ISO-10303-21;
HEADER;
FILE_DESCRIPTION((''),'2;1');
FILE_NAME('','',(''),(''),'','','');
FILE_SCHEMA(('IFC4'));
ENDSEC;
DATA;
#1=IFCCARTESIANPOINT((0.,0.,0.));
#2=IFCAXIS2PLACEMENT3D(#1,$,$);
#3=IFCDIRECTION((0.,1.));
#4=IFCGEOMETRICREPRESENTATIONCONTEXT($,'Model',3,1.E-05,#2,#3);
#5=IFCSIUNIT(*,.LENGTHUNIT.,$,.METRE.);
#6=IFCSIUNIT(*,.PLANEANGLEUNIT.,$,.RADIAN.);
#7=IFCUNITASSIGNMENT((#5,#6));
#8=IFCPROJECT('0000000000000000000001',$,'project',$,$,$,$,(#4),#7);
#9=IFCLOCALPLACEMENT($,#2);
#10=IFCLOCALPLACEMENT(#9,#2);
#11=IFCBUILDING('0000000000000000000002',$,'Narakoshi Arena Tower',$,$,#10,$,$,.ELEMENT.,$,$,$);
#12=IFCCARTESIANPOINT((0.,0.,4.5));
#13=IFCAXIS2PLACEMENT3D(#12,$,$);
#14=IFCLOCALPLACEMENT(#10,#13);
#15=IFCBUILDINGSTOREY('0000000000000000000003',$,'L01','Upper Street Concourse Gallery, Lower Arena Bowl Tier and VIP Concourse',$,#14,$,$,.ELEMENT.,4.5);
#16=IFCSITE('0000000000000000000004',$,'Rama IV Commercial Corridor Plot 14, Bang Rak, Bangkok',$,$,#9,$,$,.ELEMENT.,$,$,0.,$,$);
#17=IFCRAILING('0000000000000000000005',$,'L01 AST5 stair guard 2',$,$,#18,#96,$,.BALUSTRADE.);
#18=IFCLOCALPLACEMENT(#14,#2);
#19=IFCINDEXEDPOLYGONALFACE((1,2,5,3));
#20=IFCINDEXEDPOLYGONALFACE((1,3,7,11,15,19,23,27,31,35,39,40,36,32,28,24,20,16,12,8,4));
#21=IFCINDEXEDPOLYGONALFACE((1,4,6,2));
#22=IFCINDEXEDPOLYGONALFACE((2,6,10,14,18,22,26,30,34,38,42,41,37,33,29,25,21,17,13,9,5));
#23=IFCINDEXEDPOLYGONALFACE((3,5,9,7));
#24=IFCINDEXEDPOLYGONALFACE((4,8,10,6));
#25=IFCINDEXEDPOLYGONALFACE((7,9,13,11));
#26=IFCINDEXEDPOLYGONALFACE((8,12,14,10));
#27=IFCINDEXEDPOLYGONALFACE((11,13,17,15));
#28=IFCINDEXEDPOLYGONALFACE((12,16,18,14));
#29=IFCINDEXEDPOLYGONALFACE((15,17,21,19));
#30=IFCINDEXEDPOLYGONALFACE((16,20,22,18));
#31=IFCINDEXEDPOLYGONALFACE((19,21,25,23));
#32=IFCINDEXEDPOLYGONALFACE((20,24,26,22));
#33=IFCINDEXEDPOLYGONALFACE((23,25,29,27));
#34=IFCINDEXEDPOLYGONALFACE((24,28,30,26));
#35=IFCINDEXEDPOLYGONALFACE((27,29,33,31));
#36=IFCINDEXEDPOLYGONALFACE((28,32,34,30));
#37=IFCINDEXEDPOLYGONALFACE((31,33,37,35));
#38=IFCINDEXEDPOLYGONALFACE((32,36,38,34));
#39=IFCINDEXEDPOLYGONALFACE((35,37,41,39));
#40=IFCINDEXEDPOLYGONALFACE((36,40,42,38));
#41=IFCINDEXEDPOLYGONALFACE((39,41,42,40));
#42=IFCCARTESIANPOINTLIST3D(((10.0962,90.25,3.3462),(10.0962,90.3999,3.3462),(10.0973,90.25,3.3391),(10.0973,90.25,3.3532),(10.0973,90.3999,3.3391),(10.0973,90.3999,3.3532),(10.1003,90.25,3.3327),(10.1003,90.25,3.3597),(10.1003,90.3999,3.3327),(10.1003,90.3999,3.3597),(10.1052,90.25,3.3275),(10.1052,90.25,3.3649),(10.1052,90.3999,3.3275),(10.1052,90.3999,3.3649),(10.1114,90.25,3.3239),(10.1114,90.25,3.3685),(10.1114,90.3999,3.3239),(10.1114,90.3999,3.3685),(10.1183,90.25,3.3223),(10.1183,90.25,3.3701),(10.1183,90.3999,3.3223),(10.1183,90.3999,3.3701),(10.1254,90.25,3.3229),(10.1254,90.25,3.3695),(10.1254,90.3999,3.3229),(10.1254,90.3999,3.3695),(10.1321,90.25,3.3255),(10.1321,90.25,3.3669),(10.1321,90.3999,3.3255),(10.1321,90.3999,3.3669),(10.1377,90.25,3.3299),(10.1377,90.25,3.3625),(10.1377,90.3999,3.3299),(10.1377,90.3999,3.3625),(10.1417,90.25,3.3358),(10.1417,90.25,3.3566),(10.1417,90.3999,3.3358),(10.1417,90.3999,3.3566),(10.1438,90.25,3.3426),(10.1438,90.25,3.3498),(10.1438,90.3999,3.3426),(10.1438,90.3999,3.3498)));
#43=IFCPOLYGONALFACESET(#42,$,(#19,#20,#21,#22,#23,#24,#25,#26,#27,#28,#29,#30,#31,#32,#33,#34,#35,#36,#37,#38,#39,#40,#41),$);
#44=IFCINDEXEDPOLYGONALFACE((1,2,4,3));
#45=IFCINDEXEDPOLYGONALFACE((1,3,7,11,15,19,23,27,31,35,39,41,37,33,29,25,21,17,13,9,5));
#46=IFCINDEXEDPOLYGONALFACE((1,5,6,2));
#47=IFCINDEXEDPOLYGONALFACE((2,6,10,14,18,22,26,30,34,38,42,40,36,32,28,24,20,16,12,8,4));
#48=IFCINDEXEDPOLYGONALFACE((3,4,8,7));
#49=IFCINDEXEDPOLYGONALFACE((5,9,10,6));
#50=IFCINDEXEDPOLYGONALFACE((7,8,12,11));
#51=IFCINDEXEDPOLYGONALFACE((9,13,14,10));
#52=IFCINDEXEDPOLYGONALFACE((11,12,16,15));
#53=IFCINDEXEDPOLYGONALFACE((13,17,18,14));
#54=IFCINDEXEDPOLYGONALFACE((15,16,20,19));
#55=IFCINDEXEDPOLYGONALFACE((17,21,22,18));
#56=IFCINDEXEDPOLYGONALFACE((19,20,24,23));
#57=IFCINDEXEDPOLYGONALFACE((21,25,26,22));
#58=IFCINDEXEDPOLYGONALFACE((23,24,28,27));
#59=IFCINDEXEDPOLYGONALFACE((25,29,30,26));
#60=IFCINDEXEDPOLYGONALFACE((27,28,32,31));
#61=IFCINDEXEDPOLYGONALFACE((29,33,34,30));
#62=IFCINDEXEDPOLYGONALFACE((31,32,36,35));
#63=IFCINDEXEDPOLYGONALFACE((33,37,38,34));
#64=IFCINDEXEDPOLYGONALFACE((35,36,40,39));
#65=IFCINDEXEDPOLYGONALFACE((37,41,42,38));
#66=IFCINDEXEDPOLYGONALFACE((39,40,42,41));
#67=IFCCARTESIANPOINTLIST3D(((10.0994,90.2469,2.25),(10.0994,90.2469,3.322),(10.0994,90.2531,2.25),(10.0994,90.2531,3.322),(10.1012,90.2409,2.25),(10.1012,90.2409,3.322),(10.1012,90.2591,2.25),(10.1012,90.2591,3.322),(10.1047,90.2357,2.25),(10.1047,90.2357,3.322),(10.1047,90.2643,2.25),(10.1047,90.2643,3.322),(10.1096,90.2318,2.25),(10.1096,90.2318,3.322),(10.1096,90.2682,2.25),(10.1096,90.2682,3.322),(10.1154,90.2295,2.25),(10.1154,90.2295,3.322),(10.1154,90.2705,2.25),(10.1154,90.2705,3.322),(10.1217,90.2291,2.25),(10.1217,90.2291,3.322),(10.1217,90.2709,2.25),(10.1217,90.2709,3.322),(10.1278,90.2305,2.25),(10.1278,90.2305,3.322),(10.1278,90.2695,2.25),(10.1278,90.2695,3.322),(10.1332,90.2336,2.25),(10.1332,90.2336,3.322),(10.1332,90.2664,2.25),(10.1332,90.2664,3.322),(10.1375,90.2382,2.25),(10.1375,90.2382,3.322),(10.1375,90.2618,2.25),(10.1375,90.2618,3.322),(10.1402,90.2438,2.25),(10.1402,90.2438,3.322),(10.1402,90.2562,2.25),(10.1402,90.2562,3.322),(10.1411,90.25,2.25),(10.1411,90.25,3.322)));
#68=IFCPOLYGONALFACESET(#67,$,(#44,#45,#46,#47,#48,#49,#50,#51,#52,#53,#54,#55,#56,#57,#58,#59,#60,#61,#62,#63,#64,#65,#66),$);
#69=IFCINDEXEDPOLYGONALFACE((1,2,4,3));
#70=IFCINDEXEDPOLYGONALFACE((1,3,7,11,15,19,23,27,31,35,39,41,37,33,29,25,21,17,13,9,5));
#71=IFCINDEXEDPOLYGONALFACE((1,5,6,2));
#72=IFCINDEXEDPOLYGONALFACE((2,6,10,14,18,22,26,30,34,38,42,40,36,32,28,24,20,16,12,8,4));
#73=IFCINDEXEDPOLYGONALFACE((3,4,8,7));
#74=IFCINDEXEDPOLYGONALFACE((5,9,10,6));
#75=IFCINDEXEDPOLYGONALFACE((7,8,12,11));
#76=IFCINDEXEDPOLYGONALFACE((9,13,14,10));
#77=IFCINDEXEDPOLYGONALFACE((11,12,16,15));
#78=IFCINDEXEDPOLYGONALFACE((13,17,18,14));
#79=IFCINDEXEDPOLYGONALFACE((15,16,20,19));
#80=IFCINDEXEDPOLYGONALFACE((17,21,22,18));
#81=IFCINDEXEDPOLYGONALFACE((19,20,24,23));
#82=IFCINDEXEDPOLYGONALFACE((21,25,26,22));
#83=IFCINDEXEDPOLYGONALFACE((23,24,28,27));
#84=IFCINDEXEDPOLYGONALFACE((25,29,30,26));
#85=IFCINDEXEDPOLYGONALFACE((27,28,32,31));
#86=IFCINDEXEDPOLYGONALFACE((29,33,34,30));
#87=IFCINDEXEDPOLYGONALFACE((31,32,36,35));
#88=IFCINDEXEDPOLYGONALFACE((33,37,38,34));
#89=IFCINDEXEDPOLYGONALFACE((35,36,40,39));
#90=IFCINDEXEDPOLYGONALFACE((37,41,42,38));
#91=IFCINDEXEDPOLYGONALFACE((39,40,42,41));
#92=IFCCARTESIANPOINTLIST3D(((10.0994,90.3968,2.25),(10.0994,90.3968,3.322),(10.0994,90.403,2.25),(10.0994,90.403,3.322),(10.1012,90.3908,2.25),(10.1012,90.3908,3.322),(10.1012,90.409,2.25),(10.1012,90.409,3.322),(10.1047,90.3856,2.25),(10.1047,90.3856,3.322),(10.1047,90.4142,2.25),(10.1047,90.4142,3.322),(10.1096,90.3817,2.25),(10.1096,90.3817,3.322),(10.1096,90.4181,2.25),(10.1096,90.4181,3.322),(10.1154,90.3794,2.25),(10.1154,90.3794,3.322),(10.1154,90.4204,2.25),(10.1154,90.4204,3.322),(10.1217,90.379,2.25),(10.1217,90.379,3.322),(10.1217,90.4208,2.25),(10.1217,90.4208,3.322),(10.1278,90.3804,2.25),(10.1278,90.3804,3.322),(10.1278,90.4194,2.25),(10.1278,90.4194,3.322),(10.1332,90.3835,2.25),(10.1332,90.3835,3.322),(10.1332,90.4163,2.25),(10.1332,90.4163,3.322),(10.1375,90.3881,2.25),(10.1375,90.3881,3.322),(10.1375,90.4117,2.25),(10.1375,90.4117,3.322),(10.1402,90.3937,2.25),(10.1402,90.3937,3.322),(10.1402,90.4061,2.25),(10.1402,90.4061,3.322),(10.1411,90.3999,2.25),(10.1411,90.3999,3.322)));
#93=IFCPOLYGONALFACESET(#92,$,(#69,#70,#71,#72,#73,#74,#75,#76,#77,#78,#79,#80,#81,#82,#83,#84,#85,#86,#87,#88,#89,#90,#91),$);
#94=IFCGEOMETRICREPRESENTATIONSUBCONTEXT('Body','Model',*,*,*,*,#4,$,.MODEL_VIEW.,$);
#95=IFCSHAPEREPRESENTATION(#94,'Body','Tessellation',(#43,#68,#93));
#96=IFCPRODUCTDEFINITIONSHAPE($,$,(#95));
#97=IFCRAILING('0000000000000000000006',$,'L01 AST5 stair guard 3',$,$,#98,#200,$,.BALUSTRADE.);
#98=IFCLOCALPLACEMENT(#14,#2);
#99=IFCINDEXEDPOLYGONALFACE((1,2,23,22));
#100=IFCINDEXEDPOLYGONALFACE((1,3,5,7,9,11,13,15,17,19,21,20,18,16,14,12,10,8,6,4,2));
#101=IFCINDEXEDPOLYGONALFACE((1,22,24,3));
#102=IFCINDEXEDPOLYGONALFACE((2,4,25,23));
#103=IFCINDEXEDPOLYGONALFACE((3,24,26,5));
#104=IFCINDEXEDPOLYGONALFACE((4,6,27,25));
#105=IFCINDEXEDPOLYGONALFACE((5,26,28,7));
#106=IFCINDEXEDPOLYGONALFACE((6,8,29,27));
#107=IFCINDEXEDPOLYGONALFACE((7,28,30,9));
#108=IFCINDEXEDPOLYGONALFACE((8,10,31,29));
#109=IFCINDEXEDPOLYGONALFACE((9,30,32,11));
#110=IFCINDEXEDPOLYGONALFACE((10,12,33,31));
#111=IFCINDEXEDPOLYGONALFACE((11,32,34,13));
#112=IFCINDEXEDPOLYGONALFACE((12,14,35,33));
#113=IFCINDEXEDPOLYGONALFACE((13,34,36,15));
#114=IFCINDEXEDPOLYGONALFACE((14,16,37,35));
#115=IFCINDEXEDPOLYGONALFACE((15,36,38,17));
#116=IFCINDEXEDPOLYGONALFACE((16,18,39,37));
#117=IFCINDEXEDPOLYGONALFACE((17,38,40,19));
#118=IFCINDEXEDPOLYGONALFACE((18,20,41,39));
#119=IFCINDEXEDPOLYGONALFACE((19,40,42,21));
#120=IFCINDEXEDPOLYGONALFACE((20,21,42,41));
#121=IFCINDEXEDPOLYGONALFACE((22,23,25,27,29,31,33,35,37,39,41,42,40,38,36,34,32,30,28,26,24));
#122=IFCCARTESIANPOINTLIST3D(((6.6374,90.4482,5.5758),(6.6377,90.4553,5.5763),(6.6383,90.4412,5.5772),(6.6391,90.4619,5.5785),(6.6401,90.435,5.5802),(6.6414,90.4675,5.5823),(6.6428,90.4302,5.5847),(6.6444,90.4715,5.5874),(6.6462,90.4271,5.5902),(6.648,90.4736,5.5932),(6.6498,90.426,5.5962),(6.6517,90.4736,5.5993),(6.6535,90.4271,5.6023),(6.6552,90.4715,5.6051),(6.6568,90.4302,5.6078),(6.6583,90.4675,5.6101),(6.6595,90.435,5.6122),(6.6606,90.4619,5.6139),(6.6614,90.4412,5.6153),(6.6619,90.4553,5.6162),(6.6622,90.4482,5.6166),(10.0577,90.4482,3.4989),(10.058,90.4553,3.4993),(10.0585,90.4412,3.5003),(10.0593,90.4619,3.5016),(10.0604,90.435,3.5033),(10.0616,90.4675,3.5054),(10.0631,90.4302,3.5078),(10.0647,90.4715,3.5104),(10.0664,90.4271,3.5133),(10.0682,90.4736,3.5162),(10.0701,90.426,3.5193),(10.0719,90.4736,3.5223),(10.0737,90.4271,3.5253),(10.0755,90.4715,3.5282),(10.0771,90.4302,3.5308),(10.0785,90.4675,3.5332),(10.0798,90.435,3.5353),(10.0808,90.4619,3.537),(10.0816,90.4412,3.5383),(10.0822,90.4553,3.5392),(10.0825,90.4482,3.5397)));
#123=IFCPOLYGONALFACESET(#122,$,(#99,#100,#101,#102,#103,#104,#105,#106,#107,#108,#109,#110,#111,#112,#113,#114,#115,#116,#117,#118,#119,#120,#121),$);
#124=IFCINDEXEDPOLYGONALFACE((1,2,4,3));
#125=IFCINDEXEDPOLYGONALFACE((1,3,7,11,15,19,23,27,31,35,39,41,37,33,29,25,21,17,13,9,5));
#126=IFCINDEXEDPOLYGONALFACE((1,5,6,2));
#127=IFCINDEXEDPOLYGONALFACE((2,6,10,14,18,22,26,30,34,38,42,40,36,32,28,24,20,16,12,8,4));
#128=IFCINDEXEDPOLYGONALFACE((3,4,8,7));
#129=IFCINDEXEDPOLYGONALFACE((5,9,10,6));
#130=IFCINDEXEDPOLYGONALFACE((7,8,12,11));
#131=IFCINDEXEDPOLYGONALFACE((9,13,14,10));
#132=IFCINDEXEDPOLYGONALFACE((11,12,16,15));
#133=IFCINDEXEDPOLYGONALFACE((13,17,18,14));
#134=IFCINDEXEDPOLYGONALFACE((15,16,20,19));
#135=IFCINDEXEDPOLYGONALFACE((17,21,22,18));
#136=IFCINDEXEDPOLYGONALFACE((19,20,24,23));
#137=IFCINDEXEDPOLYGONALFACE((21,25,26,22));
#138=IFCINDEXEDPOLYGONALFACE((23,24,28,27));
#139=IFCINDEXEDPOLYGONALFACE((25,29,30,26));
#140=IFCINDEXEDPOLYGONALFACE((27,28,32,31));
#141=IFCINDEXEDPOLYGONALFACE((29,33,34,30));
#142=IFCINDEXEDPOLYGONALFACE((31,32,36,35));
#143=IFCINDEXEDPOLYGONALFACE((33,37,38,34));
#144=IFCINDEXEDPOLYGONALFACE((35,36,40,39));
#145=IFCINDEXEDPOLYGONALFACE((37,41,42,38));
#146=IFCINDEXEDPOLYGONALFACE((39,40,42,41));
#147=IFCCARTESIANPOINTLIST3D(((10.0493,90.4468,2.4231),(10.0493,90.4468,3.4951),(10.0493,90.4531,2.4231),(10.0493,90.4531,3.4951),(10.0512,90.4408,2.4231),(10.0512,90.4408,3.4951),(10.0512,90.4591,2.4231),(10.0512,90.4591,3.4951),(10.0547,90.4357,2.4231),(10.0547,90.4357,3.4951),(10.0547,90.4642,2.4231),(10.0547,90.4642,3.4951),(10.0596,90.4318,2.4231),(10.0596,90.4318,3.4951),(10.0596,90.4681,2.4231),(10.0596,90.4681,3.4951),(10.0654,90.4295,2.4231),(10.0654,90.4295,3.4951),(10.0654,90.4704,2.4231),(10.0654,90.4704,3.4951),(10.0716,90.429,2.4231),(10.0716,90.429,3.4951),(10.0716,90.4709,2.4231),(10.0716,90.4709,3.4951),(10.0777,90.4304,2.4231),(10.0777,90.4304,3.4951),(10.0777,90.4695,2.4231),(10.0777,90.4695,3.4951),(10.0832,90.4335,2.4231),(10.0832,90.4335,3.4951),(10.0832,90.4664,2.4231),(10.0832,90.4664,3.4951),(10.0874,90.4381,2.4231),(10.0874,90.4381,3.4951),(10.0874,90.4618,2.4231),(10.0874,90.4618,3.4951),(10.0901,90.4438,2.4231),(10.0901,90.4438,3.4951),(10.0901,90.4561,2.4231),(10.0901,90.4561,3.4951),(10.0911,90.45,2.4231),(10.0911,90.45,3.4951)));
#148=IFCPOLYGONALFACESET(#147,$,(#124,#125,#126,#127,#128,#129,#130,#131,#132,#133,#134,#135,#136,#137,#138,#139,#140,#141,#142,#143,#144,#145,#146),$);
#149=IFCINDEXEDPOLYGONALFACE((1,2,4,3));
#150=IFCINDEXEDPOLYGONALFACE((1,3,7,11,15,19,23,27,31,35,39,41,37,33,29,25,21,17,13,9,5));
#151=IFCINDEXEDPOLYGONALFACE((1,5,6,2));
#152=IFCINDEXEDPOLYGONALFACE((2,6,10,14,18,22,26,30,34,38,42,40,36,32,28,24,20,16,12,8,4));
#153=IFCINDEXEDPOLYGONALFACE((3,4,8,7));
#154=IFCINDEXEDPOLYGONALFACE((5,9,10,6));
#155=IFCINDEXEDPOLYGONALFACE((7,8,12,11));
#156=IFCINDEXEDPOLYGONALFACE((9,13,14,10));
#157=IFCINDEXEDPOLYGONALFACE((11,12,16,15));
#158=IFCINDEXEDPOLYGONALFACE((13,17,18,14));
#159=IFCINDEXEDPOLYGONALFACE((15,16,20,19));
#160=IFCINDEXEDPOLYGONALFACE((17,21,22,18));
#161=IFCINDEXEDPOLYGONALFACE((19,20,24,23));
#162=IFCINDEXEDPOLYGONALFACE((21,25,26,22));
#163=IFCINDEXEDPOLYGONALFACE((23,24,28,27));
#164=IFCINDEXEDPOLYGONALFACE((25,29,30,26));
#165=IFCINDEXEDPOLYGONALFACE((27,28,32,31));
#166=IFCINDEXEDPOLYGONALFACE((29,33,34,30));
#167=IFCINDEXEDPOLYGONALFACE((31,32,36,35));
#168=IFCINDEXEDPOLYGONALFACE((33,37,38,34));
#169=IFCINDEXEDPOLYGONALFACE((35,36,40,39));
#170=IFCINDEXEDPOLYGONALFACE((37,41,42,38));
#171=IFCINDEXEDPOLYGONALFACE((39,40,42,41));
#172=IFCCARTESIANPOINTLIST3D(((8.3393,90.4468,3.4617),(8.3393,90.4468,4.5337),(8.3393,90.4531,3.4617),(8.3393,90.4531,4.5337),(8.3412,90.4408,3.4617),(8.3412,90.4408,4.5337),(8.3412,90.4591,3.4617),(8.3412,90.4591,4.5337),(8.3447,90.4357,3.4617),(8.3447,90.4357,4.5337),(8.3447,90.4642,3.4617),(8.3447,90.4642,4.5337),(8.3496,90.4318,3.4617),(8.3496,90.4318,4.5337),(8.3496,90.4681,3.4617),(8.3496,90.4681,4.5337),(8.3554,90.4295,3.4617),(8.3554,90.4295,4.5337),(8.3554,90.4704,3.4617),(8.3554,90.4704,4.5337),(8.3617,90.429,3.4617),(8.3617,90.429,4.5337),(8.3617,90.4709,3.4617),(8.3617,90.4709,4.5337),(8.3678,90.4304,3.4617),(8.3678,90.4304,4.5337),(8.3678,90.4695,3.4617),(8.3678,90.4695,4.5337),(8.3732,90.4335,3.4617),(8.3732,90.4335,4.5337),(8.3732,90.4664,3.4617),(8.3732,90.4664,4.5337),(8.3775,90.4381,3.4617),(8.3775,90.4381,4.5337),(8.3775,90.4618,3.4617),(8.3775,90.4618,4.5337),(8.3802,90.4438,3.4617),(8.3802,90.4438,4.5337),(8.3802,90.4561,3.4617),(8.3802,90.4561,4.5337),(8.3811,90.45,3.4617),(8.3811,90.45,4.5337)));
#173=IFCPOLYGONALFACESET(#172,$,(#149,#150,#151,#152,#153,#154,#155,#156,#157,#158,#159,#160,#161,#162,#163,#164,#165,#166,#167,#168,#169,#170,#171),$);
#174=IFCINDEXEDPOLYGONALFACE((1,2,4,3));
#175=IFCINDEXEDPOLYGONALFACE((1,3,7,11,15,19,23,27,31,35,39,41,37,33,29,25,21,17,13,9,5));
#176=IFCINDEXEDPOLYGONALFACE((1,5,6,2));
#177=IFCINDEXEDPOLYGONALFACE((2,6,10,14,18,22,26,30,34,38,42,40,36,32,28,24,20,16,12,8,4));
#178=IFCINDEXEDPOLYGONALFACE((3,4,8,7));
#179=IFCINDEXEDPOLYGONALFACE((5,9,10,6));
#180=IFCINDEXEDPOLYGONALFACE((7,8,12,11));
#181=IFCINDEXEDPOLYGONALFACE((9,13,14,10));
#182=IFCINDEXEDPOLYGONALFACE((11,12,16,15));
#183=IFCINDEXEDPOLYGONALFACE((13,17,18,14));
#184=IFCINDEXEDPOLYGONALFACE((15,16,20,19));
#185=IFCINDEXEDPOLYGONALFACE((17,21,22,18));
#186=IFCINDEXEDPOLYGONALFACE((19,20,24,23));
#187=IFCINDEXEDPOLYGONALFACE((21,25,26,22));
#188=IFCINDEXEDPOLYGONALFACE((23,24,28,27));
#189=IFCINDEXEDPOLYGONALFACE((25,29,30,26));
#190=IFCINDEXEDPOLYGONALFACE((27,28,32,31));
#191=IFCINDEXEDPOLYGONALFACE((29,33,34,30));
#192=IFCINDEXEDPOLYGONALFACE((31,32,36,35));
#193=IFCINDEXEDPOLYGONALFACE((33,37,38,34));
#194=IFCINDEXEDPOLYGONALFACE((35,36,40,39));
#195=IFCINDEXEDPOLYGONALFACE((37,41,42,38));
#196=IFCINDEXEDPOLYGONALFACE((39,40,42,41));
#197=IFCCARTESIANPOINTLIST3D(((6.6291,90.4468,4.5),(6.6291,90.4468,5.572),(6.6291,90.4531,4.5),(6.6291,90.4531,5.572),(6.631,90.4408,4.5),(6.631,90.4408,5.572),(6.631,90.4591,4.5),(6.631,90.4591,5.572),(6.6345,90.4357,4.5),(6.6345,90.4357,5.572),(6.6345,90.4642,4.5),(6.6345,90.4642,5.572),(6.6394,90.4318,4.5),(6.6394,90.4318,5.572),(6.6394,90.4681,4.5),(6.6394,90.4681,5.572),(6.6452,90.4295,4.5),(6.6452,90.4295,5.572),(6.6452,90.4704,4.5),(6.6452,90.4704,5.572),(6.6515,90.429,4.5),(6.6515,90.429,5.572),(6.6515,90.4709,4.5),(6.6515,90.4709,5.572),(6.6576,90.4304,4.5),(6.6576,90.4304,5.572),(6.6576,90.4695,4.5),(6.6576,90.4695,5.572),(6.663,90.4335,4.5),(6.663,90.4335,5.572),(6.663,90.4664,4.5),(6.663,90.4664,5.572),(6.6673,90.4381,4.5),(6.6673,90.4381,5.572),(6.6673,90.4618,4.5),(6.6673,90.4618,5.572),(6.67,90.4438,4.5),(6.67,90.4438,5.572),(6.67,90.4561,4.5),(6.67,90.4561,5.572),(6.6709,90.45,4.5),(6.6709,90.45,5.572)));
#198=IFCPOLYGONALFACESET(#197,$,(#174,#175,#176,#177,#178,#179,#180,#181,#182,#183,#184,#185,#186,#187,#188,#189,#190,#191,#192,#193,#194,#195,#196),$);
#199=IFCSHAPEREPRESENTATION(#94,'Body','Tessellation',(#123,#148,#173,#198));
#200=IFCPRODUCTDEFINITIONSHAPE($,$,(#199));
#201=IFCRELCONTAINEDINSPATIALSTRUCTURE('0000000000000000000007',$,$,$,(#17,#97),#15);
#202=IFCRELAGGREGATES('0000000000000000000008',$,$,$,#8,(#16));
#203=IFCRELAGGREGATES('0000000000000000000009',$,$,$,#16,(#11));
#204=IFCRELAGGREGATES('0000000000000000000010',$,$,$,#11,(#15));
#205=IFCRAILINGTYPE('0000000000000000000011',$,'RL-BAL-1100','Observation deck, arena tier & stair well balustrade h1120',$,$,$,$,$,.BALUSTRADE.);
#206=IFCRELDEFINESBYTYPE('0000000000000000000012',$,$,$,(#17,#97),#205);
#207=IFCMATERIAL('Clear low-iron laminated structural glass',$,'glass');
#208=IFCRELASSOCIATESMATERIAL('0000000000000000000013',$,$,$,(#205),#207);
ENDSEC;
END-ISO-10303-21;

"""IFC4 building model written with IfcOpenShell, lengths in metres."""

from ifc_helpers import new_model, si_unit, direction, frame, origin, origin_2d, place, context, subcontext, project, spatial, circle, extrude, material, type_object, element, save


model = new_model("IFC4")

# Units and contexts
model_context = context("Model", 3, precision=1e-05, world=origin(), true_north=direction((0.0, 1.0)))
body_context = subcontext(model_context, "Body", "Model", "MODEL_VIEW")
ifc_project = project(units=[si_unit("LENGTHUNIT", "METRE"), si_unit("PLANEANGLEUNIT", "RADIAN")], contexts=[model_context])

# Site, building, storey
site_placement = place(None, origin())
site = spatial("IfcSite", under=ifc_project, at=site_placement, Name="Rama IV Commercial Corridor Plot 14, Bang Rak, Bangkok", CompositionType="ELEMENT", RefElevation=0.0)
building_placement = place(site_placement, origin())
building = spatial("IfcBuilding", under=site, at=building_placement, Name="Narakoshi Arena Tower", CompositionType="ELEMENT")
storey_placement = place(building_placement, frame((0.0, 0.0, 4.5)))
storey = spatial("IfcBuildingStorey", under=building, at=storey_placement, Name="L01", Description="Upper Street Concourse Gallery, Lower Arena Bowl Tier and VIP Concourse", CompositionType="ELEMENT", Elevation=4.5)

# Railings
ifc_material_1 = material(Name="Clear low-iron laminated structural glass", Category="glass")
railing_type_1 = type_object("IfcRailingType", Name="RL-BAL-1100", Description="Observation deck, arena tier & stair well balustrade h1120", PredefinedType="BALUSTRADE", material=ifc_material_1)
railing_1_placement = place(storey_placement, frame((10.1201, 90.25, 2.25)))
element("IfcRailing", 1, at=railing_1_placement, inside=storey, type_object=railing_type_1, Name="L01 AST5 stair guard 2", PredefinedType="BALUSTRADE", context=body_context, shape_type="SweptSolid", body=[
    extrude(circle(Radius=0.0239, at=origin_2d()), frame((0.0, 0.0, 1.0962), z_axis=(0.0, 1.0, 0.0), x_axis=(-1.0, 0.0, 0.0)), (0.0, 0.0, 1.0), 0.1499),
    extrude(circle(Radius=0.021, at=origin_2d()), origin(), (0.0, 0.0, 1.0), 1.072),
    extrude(circle(Radius=0.021, at=origin_2d()), frame((0.0, 0.1499, 0.0)), (0.0, 0.0, 1.0), 1.072),
])
railing_2_placement = place(storey_placement, frame((10.0701, 90.45, 2.4231)))
element("IfcRailing", 2, at=railing_2_placement, inside=storey, type_object=railing_type_1, Name="L01 AST5 stair guard 3", PredefinedType="BALUSTRADE", context=body_context, shape_type="SweptSolid", body=[
    extrude(circle(Radius=0.0239, at=origin_2d()), frame((0.0, 0.0, 1.0962), z_axis=(-0.854746, 0.0, 0.519047), x_axis=(0.0, -1.0, 0.0)), (0.0, 0.0, 1.0), 4.0015),
    extrude(circle(Radius=0.021, at=origin_2d()), origin(), (0.0, 0.0, 1.0), 1.072),
    extrude(circle(Radius=0.021, at=origin_2d()), frame((-1.71, 0.0, 1.0386)), (0.0, 0.0, 1.0), 1.072),
    extrude(circle(Radius=0.021, at=origin_2d()), frame((-3.4202, 0.0, 2.0769)), (0.0, 0.0, 1.0), 1.072),
])

save(model, "model.ifc")
